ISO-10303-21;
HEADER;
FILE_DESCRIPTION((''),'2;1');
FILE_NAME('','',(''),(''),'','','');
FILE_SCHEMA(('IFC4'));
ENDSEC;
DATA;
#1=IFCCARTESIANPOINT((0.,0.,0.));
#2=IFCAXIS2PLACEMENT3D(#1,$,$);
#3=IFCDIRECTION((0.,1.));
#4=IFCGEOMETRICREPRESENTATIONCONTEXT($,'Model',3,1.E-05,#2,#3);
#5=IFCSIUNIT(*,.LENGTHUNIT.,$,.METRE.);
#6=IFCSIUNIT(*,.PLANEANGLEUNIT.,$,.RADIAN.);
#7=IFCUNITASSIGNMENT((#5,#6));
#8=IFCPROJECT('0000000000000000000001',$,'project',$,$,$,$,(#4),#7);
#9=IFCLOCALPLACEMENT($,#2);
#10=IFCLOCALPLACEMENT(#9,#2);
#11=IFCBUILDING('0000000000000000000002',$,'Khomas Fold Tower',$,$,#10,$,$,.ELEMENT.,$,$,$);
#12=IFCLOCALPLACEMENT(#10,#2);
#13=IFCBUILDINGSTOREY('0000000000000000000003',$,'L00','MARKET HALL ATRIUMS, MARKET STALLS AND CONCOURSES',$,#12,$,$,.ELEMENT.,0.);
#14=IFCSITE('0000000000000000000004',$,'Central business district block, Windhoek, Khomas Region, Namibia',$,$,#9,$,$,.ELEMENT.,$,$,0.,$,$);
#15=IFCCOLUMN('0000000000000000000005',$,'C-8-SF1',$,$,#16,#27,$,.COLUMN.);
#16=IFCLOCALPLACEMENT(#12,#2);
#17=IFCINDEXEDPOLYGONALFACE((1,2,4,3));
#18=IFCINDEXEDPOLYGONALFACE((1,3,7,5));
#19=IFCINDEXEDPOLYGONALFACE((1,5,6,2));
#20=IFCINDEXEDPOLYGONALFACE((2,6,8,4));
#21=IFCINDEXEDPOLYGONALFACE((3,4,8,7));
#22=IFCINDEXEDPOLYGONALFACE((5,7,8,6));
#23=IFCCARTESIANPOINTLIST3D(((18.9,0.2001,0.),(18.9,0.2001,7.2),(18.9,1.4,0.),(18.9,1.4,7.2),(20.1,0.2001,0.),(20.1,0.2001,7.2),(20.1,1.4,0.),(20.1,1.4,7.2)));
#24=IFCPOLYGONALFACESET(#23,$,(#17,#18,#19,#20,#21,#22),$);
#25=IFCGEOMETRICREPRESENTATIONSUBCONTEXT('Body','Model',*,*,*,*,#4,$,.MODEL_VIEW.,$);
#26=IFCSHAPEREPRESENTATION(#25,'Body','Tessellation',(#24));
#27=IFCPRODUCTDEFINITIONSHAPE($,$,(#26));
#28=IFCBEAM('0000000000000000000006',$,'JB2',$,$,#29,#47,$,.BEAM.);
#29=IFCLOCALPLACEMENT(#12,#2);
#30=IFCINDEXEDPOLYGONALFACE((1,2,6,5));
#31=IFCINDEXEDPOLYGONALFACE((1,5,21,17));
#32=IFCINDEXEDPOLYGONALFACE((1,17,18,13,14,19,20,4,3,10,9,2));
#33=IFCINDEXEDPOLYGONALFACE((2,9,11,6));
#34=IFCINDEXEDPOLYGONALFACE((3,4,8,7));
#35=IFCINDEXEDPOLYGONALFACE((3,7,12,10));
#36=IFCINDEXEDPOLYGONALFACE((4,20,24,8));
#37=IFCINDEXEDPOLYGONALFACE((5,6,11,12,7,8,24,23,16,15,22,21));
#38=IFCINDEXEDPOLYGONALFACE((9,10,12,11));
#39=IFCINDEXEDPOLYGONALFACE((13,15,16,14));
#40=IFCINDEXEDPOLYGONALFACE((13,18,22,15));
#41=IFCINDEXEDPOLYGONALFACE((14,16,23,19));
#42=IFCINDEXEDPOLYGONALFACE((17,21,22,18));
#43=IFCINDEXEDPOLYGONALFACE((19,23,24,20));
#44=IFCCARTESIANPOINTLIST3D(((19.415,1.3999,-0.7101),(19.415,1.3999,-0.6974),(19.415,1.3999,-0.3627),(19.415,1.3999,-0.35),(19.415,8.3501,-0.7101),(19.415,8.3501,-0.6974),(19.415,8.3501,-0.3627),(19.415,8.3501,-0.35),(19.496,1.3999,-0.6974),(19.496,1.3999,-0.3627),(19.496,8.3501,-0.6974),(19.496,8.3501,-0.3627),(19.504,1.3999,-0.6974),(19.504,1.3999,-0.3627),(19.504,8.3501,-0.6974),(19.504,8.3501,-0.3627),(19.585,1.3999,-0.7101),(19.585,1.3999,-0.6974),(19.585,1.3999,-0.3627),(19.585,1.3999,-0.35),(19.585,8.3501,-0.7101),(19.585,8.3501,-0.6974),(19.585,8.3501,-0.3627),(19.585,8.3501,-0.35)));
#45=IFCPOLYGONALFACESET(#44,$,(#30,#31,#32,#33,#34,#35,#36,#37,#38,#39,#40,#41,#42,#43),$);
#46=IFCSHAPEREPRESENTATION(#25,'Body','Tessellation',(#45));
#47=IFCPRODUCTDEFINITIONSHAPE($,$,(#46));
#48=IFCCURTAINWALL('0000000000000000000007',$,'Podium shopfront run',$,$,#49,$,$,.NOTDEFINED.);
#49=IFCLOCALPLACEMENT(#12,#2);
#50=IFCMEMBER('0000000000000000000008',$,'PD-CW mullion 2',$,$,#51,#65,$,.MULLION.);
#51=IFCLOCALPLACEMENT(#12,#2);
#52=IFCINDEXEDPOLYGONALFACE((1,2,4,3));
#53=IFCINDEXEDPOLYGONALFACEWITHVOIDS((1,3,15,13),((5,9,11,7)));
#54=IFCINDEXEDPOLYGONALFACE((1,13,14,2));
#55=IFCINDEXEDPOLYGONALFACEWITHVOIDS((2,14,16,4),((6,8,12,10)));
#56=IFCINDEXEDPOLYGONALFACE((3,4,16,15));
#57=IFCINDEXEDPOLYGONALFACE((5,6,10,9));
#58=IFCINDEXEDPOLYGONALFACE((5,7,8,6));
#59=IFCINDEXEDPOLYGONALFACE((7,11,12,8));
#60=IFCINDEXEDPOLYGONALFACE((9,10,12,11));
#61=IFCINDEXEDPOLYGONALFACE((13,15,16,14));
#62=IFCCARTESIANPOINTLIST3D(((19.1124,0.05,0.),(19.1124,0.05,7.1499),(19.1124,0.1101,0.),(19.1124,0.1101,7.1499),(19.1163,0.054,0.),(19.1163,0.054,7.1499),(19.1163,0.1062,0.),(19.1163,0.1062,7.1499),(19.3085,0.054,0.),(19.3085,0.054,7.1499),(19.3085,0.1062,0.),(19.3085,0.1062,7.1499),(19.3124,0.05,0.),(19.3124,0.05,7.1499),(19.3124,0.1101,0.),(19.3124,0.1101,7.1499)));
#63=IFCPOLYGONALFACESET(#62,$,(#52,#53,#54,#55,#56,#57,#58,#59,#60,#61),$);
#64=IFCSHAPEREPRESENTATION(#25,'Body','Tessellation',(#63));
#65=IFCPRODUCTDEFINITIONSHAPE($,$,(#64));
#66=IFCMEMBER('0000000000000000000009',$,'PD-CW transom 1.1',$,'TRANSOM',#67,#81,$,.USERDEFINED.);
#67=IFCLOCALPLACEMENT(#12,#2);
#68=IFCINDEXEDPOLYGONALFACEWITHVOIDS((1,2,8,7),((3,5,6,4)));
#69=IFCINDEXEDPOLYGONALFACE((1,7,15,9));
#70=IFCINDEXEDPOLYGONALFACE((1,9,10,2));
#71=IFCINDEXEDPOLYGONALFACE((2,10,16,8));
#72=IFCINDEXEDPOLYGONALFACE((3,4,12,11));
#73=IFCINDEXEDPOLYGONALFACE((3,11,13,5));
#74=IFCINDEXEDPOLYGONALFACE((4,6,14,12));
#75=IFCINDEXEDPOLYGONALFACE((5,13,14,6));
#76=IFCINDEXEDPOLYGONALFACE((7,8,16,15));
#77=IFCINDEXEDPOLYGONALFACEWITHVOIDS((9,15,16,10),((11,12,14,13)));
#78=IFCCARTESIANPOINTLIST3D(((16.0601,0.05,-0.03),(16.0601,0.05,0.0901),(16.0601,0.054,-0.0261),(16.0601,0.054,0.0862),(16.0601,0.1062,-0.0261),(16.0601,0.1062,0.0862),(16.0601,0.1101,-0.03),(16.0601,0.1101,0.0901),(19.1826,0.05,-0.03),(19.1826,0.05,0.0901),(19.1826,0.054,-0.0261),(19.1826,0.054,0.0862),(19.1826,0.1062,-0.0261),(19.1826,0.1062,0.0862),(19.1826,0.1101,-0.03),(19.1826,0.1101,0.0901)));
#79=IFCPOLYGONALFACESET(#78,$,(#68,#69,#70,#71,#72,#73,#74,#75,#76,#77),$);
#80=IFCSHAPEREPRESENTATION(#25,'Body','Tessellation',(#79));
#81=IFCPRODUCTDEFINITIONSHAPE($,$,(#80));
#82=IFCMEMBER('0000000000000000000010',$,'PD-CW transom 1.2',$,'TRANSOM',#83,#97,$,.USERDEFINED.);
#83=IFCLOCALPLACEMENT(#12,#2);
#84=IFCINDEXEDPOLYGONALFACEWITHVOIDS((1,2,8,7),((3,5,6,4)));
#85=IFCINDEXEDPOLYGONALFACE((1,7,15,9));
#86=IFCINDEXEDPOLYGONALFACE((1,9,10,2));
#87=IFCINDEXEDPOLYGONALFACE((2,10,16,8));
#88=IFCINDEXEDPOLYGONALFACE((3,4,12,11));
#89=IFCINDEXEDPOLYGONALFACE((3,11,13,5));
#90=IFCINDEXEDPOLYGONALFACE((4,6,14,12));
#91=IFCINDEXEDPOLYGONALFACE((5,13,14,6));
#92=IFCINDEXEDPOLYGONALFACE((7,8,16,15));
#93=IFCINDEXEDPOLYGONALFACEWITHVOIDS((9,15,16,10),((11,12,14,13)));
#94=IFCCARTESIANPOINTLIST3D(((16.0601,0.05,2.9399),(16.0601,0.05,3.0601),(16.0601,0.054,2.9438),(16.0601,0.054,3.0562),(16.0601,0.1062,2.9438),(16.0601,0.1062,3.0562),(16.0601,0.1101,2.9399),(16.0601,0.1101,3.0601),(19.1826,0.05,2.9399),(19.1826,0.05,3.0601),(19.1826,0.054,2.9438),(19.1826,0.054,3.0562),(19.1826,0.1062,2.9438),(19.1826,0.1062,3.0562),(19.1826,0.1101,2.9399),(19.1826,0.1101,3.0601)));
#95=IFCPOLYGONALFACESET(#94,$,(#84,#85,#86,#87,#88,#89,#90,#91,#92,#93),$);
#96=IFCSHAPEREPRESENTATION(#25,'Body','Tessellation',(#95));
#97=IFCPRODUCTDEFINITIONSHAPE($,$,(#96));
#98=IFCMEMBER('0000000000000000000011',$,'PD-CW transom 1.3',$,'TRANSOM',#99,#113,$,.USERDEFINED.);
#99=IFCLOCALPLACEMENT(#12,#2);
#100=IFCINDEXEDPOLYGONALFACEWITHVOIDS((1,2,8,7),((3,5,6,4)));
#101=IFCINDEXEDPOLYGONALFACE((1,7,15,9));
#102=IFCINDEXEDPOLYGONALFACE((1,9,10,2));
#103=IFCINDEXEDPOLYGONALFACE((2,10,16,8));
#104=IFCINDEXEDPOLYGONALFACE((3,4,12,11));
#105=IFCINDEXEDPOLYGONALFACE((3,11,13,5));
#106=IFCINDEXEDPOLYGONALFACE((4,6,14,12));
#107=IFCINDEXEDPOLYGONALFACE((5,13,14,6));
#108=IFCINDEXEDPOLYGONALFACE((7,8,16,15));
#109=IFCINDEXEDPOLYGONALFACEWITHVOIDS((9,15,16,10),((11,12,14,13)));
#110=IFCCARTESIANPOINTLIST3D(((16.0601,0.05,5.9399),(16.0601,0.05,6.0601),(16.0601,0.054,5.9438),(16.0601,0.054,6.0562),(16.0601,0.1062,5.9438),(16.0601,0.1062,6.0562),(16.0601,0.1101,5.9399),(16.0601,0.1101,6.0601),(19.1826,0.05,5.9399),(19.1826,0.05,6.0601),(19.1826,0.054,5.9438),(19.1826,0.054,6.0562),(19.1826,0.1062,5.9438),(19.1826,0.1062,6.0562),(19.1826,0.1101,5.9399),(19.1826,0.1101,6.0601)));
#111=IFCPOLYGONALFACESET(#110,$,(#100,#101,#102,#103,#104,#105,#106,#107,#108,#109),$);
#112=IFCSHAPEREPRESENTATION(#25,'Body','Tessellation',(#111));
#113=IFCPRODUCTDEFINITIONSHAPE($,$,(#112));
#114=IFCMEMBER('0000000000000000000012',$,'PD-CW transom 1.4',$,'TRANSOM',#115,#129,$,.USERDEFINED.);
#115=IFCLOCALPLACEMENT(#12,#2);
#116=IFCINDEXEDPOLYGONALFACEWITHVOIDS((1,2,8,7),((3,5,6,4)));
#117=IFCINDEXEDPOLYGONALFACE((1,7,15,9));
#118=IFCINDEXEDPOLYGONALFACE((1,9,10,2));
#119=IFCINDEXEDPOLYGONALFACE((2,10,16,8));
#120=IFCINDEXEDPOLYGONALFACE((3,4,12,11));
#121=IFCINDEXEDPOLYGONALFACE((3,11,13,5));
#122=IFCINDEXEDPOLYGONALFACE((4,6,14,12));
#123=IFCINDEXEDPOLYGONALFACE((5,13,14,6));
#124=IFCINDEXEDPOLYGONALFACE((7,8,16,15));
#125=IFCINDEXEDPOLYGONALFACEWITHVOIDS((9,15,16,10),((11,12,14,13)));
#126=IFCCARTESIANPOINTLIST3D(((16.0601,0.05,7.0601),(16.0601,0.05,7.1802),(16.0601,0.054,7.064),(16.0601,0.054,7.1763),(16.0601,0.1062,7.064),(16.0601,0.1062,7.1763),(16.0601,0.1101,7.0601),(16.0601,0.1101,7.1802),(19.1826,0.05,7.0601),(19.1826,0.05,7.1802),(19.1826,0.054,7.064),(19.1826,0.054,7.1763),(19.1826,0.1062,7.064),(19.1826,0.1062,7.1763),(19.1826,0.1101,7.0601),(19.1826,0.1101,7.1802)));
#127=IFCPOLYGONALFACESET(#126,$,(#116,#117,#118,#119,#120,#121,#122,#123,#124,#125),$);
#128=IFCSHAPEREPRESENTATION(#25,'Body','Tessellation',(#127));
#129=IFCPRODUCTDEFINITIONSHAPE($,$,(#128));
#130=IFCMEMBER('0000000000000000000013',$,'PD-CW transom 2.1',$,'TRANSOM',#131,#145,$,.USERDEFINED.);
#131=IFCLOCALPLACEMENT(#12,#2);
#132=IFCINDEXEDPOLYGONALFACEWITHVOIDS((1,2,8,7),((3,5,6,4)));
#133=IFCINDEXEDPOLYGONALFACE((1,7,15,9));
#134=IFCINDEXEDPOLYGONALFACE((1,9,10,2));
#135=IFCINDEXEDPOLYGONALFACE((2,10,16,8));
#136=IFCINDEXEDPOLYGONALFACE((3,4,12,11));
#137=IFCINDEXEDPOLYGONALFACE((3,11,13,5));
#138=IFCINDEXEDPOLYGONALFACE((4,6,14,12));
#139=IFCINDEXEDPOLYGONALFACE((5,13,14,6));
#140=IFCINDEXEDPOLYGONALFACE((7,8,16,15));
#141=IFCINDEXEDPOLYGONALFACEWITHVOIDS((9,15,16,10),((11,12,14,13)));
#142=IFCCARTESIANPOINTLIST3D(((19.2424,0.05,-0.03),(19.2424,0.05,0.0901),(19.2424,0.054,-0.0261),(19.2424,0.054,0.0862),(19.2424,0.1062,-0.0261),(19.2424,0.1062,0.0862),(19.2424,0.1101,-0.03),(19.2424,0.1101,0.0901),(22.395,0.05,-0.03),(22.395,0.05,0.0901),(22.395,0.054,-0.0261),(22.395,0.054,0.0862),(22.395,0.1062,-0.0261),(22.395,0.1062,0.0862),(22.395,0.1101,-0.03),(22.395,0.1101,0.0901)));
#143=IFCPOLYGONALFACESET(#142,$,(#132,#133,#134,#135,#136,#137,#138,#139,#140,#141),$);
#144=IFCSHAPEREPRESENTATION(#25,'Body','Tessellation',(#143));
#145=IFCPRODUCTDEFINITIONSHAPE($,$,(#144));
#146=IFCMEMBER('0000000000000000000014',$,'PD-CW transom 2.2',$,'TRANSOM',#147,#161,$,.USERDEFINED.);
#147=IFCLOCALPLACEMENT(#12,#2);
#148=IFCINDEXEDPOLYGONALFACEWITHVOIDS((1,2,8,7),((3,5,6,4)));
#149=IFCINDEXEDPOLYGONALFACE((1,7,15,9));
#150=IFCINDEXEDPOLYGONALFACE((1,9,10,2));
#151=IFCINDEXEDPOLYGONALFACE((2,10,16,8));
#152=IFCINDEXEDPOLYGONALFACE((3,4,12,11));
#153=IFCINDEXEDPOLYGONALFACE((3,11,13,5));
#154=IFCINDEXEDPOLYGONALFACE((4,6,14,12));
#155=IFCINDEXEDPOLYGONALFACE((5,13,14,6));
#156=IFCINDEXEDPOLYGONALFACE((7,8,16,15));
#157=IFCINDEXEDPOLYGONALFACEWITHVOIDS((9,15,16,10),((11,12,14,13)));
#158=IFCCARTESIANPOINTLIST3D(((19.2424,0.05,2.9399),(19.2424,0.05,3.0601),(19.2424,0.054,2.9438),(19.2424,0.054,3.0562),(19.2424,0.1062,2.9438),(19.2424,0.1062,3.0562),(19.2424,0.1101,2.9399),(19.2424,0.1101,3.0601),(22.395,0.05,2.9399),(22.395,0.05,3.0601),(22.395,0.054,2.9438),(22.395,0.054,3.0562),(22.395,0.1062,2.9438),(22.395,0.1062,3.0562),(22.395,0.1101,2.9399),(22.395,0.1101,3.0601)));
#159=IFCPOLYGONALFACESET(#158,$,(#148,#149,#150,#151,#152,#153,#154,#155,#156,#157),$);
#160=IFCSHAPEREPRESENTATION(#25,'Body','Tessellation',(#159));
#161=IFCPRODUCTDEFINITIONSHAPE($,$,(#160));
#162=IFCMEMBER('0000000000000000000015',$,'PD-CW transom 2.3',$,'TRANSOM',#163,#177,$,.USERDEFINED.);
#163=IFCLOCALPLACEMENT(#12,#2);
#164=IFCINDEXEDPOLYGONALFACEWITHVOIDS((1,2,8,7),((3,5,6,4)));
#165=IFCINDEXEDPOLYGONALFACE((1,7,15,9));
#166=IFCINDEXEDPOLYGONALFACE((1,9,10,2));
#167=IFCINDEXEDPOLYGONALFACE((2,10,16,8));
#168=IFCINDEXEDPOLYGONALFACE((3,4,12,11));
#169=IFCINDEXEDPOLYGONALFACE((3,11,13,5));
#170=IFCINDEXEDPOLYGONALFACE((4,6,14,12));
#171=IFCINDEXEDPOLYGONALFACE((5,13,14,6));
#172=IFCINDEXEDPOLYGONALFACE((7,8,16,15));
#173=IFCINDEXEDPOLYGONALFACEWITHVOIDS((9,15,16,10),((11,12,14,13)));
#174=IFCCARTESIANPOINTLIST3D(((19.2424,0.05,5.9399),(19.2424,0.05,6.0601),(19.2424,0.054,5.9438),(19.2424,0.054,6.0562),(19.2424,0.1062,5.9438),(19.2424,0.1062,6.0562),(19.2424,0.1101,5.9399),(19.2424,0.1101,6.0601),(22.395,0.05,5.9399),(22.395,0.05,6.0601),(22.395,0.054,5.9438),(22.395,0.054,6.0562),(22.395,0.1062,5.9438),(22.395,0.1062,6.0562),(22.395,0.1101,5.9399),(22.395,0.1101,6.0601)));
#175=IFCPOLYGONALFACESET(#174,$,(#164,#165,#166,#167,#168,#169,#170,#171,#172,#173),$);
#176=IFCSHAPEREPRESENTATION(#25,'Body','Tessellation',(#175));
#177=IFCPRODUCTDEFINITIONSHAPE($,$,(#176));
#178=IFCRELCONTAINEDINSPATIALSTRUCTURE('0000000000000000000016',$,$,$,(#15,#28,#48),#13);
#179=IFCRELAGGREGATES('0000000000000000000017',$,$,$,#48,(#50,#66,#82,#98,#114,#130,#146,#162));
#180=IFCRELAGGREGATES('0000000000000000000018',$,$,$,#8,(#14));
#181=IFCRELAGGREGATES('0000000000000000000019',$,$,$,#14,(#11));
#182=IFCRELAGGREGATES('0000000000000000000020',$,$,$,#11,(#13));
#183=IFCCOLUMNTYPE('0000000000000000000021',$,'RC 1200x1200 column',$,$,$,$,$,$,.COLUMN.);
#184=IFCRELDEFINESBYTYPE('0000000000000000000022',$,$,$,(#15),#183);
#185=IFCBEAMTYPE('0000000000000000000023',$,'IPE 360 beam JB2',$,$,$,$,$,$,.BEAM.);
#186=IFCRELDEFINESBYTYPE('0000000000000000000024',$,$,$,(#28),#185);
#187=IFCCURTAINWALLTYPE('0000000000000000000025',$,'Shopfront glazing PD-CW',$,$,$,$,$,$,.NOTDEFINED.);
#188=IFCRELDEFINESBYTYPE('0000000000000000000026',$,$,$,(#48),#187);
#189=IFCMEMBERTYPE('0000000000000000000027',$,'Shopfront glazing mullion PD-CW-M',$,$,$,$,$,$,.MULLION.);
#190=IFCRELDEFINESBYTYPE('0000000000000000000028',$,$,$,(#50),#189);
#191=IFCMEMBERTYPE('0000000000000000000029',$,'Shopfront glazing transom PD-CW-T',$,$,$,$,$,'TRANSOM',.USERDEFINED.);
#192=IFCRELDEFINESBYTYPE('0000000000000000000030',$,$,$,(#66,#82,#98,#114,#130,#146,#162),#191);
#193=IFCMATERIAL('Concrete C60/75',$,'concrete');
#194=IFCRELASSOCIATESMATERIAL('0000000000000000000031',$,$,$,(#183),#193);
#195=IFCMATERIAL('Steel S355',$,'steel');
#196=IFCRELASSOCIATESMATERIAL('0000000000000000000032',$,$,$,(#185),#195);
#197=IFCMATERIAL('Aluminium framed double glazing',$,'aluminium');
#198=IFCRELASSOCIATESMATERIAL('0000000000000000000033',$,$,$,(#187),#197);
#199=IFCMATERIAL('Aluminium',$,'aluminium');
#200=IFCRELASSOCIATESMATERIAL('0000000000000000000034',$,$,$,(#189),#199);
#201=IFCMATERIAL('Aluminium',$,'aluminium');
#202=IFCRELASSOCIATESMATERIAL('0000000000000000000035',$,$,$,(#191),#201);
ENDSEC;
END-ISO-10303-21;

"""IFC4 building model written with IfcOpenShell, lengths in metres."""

from ifc_helpers import new_model, si_unit, direction, frame, origin, origin_2d, place, context, subcontext, project, spatial, rectangle, hollow_rectangle, i_section, extrude, source, transform, mapped, material, material_profile, profile_set, type_object, element, aggregate, save


model = new_model("IFC4")

# Units and contexts
model_context = context("Model", 3, precision=1e-05, world=origin(), true_north=direction((0.0, 1.0)))
body_context = subcontext(model_context, "Body", "Model", "MODEL_VIEW")
ifc_project = project(units=[si_unit("LENGTHUNIT", "METRE"), si_unit("PLANEANGLEUNIT", "RADIAN")], contexts=[model_context])

# Site, building, storey
site_placement = place(None, origin())
site = spatial("IfcSite", under=ifc_project, at=site_placement, Name="Central business district block, Windhoek, Khomas Region, Namibia", CompositionType="ELEMENT", RefElevation=0.0)
building_placement = place(site_placement, origin())
building = spatial("IfcBuilding", under=site, at=building_placement, Name="Khomas Fold Tower", CompositionType="ELEMENT")
storey_placement = place(building_placement, origin())
storey = spatial("IfcBuildingStorey", under=building, at=storey_placement, Name="L00", Description="MARKET HALL ATRIUMS, MARKET STALLS AND CONCOURSES", CompositionType="ELEMENT", Elevation=0.0)

# Column
ifc_material_1 = material(Name="Concrete C60/75", Category="concrete")
ifc_material_profile_1 = material_profile(ifc_material_1, rectangle(XDim=1.2, YDim=1.2, at=origin_2d()), Name="RC 1200x1200")
ifc_profile_set_1 = profile_set([ifc_material_profile_1], Name="Concrete C60/75")
column_type = type_object("IfcColumnType", Name="RC 1200x1200 column", PredefinedType="COLUMN", material=ifc_profile_set_1)
shared_shape_1 = source(origin(), body_context, "Body", "SweptSolid", [
    extrude(rectangle(XDim=1.2, YDim=1.2, at=origin_2d()), origin(), (0.0, 0.0, 1.0), 7.2),
])
column_placement = place(storey_placement, frame((19.5, 0.8, 0.0), z_axis=(0.0, 0.0, 1.0), x_axis=(1.0, 0.0, 0.0)))
element("IfcColumn", 1, at=column_placement, inside=storey, type_object=column_type, Name="C-8-SF1", PredefinedType="COLUMN", context=body_context, shape_type="MappedRepresentation", body=[
    mapped(shared_shape_1, transform((0.0, 0.0, 0.0))),
])

# Beam
ifc_material_2 = material(Name="Steel S355", Category="steel")
ifc_material_profile_2 = material_profile(ifc_material_2, i_section(OverallWidth=0.1699, OverallDepth=0.3601, WebThickness=0.0081, FlangeThickness=0.0127, at=origin_2d()), Name="IPE 360")
ifc_profile_set_2 = profile_set([ifc_material_profile_2], Name="Steel S355")
beam_type = type_object("IfcBeamType", Name="IPE 360 beam JB2", PredefinedType="BEAM", material=ifc_profile_set_2)
shared_shape_2 = source(origin(), body_context, "Body", "SweptSolid", [
    extrude(i_section(OverallWidth=0.1699, OverallDepth=0.3601, WebThickness=0.0081, FlangeThickness=0.0127, at=origin_2d()), origin(), (0.0, 0.0, 1.0), 6.9502),
])
beam_placement = place(storey_placement, frame((19.5, 1.3999, -0.53), z_axis=(0.0, 1.0, 0.0), x_axis=(-1.0, 0.0, 0.0)))
element("IfcBeam", 2, at=beam_placement, inside=storey, type_object=beam_type, Name="JB2", PredefinedType="BEAM", context=body_context, shape_type="MappedRepresentation", body=[
    mapped(shared_shape_2, transform((0.0, 0.0, 0.0))),
])

# Curtain wall, members
ifc_material_3 = material(Name="Aluminium framed double glazing", Category="aluminium")
curtain_wall_type = type_object("IfcCurtainWallType", Name="Shopfront glazing PD-CW", PredefinedType="NOTDEFINED", material=ifc_material_3)
curtain_wall_placement = place(storey_placement, origin())
curtain_wall = element("IfcCurtainWall", 3, at=curtain_wall_placement, inside=storey, type_object=curtain_wall_type, Name="Podium shopfront run", PredefinedType="NOTDEFINED")
ifc_material_4 = material(Name="Aluminium", Category="aluminium")
ifc_material_profile_3 = material_profile(ifc_material_4, hollow_rectangle(XDim=0.0601, YDim=0.2, WallThickness=0.0039, at=origin_2d()), Name="Shopfront glazing mullion PD-CW-M")
ifc_profile_set_3 = profile_set([ifc_material_profile_3], Name="Aluminium")
member_type_1 = type_object("IfcMemberType", Name="Shopfront glazing mullion PD-CW-M", PredefinedType="MULLION", material=ifc_profile_set_3)
shared_shape_3 = source(origin(), body_context, "Body", "SweptSolid", [
    extrude(hollow_rectangle(XDim=0.0601, YDim=0.2, WallThickness=0.0039, at=origin_2d()), origin(), (0.0, 0.0, 1.0), 7.1499),
])
member_1_placement = place(storey_placement, frame((19.2124, 0.0801, 0.0), z_axis=(0.0, 0.0, 1.0), x_axis=(0.0, 1.0, 0.0)))
member_1 = element("IfcMember", 4, at=member_1_placement, type_object=member_type_1, Name="PD-CW mullion 2", PredefinedType="MULLION", context=body_context, shape_type="MappedRepresentation", body=[
    mapped(shared_shape_3, transform((0.0, 0.0, 0.0))),
])
ifc_material_5 = material(Name="Aluminium", Category="aluminium")
ifc_material_profile_4 = material_profile(ifc_material_5, hollow_rectangle(XDim=0.0601, YDim=0.1201, WallThickness=0.0039, at=origin_2d()), Name="Shopfront glazing transom PD-CW-T")
ifc_profile_set_4 = profile_set([ifc_material_profile_4], Name="Aluminium")
member_type_2 = type_object("IfcMemberType", Name="Shopfront glazing transom PD-CW-T", ElementType="TRANSOM", PredefinedType="USERDEFINED", material=ifc_profile_set_4)
shared_shape_4 = source(origin(), body_context, "Body", "SweptSolid", [
    extrude(hollow_rectangle(XDim=0.0601, YDim=0.1201, WallThickness=0.0039, at=origin_2d()), origin(), (0.0, 0.0, 1.0), 3.1226),
])
member_2_placement = place(storey_placement, frame((16.0601, 0.0801, 0.03), z_axis=(1.0, 0.0, 0.0), x_axis=(0.0, 1.0, 0.0)))
member_2 = element("IfcMember", 5, at=member_2_placement, type_object=member_type_2, Name="PD-CW transom 1.1", ObjectType="TRANSOM", PredefinedType="USERDEFINED", context=body_context, shape_type="MappedRepresentation", body=[
    mapped(shared_shape_4, transform((0.0, 0.0, 0.0))),
])
member_3_placement = place(storey_placement, frame((16.0601, 0.0801, 3.0), z_axis=(1.0, 0.0, 0.0), x_axis=(0.0, 1.0, 0.0)))
member_3 = element("IfcMember", 6, at=member_3_placement, type_object=member_type_2, Name="PD-CW transom 1.2", ObjectType="TRANSOM", PredefinedType="USERDEFINED", context=body_context, shape_type="MappedRepresentation", body=[
    mapped(shared_shape_4, transform((0.0, 0.0, 0.0))),
])
member_4_placement = place(storey_placement, frame((16.0601, 0.0801, 6.0), z_axis=(1.0, 0.0, 0.0), x_axis=(0.0, 1.0, 0.0)))
member_4 = element("IfcMember", 7, at=member_4_placement, type_object=member_type_2, Name="PD-CW transom 1.3", ObjectType="TRANSOM", PredefinedType="USERDEFINED", context=body_context, shape_type="MappedRepresentation", body=[
    mapped(shared_shape_4, transform((0.0, 0.0, 0.0))),
])
member_5_placement = place(storey_placement, frame((16.0601, 0.0801, 7.1201), z_axis=(1.0, 0.0, 0.0), x_axis=(0.0, 1.0, 0.0)))
member_5 = element("IfcMember", 8, at=member_5_placement, type_object=member_type_2, Name="PD-CW transom 1.4", ObjectType="TRANSOM", PredefinedType="USERDEFINED", context=body_context, shape_type="MappedRepresentation", body=[
    mapped(shared_shape_4, transform((0.0, 0.0, 0.0))),
])
shared_shape_5 = source(origin(), body_context, "Body", "SweptSolid", [
    extrude(hollow_rectangle(XDim=0.0601, YDim=0.1201, WallThickness=0.0039, at=origin_2d()), origin(), (0.0, 0.0, 1.0), 3.1526),
])
member_6_placement = place(storey_placement, frame((19.2424, 0.0801, 0.03), z_axis=(1.0, 0.0, 0.0), x_axis=(0.0, 1.0, 0.0)))
member_6 = element("IfcMember", 9, at=member_6_placement, type_object=member_type_2, Name="PD-CW transom 2.1", ObjectType="TRANSOM", PredefinedType="USERDEFINED", context=body_context, shape_type="MappedRepresentation", body=[
    mapped(shared_shape_5, transform((0.0, 0.0, 0.0))),
])
member_7_placement = place(storey_placement, frame((19.2424, 0.0801, 3.0), z_axis=(1.0, 0.0, 0.0), x_axis=(0.0, 1.0, 0.0)))
member_7 = element("IfcMember", 10, at=member_7_placement, type_object=member_type_2, Name="PD-CW transom 2.2", ObjectType="TRANSOM", PredefinedType="USERDEFINED", context=body_context, shape_type="MappedRepresentation", body=[
    mapped(shared_shape_5, transform((0.0, 0.0, 0.0))),
])
member_8_placement = place(storey_placement, frame((19.2424, 0.0801, 6.0), z_axis=(1.0, 0.0, 0.0), x_axis=(0.0, 1.0, 0.0)))
member_8 = element("IfcMember", 11, at=member_8_placement, type_object=member_type_2, Name="PD-CW transom 2.3", ObjectType="TRANSOM", PredefinedType="USERDEFINED", context=body_context, shape_type="MappedRepresentation", body=[
    mapped(shared_shape_5, transform((0.0, 0.0, 0.0))),
])
aggregate(curtain_wall, [member_1, member_2, member_3, member_4, member_5, member_6, member_7, member_8])

save(model, "model.ifc")
